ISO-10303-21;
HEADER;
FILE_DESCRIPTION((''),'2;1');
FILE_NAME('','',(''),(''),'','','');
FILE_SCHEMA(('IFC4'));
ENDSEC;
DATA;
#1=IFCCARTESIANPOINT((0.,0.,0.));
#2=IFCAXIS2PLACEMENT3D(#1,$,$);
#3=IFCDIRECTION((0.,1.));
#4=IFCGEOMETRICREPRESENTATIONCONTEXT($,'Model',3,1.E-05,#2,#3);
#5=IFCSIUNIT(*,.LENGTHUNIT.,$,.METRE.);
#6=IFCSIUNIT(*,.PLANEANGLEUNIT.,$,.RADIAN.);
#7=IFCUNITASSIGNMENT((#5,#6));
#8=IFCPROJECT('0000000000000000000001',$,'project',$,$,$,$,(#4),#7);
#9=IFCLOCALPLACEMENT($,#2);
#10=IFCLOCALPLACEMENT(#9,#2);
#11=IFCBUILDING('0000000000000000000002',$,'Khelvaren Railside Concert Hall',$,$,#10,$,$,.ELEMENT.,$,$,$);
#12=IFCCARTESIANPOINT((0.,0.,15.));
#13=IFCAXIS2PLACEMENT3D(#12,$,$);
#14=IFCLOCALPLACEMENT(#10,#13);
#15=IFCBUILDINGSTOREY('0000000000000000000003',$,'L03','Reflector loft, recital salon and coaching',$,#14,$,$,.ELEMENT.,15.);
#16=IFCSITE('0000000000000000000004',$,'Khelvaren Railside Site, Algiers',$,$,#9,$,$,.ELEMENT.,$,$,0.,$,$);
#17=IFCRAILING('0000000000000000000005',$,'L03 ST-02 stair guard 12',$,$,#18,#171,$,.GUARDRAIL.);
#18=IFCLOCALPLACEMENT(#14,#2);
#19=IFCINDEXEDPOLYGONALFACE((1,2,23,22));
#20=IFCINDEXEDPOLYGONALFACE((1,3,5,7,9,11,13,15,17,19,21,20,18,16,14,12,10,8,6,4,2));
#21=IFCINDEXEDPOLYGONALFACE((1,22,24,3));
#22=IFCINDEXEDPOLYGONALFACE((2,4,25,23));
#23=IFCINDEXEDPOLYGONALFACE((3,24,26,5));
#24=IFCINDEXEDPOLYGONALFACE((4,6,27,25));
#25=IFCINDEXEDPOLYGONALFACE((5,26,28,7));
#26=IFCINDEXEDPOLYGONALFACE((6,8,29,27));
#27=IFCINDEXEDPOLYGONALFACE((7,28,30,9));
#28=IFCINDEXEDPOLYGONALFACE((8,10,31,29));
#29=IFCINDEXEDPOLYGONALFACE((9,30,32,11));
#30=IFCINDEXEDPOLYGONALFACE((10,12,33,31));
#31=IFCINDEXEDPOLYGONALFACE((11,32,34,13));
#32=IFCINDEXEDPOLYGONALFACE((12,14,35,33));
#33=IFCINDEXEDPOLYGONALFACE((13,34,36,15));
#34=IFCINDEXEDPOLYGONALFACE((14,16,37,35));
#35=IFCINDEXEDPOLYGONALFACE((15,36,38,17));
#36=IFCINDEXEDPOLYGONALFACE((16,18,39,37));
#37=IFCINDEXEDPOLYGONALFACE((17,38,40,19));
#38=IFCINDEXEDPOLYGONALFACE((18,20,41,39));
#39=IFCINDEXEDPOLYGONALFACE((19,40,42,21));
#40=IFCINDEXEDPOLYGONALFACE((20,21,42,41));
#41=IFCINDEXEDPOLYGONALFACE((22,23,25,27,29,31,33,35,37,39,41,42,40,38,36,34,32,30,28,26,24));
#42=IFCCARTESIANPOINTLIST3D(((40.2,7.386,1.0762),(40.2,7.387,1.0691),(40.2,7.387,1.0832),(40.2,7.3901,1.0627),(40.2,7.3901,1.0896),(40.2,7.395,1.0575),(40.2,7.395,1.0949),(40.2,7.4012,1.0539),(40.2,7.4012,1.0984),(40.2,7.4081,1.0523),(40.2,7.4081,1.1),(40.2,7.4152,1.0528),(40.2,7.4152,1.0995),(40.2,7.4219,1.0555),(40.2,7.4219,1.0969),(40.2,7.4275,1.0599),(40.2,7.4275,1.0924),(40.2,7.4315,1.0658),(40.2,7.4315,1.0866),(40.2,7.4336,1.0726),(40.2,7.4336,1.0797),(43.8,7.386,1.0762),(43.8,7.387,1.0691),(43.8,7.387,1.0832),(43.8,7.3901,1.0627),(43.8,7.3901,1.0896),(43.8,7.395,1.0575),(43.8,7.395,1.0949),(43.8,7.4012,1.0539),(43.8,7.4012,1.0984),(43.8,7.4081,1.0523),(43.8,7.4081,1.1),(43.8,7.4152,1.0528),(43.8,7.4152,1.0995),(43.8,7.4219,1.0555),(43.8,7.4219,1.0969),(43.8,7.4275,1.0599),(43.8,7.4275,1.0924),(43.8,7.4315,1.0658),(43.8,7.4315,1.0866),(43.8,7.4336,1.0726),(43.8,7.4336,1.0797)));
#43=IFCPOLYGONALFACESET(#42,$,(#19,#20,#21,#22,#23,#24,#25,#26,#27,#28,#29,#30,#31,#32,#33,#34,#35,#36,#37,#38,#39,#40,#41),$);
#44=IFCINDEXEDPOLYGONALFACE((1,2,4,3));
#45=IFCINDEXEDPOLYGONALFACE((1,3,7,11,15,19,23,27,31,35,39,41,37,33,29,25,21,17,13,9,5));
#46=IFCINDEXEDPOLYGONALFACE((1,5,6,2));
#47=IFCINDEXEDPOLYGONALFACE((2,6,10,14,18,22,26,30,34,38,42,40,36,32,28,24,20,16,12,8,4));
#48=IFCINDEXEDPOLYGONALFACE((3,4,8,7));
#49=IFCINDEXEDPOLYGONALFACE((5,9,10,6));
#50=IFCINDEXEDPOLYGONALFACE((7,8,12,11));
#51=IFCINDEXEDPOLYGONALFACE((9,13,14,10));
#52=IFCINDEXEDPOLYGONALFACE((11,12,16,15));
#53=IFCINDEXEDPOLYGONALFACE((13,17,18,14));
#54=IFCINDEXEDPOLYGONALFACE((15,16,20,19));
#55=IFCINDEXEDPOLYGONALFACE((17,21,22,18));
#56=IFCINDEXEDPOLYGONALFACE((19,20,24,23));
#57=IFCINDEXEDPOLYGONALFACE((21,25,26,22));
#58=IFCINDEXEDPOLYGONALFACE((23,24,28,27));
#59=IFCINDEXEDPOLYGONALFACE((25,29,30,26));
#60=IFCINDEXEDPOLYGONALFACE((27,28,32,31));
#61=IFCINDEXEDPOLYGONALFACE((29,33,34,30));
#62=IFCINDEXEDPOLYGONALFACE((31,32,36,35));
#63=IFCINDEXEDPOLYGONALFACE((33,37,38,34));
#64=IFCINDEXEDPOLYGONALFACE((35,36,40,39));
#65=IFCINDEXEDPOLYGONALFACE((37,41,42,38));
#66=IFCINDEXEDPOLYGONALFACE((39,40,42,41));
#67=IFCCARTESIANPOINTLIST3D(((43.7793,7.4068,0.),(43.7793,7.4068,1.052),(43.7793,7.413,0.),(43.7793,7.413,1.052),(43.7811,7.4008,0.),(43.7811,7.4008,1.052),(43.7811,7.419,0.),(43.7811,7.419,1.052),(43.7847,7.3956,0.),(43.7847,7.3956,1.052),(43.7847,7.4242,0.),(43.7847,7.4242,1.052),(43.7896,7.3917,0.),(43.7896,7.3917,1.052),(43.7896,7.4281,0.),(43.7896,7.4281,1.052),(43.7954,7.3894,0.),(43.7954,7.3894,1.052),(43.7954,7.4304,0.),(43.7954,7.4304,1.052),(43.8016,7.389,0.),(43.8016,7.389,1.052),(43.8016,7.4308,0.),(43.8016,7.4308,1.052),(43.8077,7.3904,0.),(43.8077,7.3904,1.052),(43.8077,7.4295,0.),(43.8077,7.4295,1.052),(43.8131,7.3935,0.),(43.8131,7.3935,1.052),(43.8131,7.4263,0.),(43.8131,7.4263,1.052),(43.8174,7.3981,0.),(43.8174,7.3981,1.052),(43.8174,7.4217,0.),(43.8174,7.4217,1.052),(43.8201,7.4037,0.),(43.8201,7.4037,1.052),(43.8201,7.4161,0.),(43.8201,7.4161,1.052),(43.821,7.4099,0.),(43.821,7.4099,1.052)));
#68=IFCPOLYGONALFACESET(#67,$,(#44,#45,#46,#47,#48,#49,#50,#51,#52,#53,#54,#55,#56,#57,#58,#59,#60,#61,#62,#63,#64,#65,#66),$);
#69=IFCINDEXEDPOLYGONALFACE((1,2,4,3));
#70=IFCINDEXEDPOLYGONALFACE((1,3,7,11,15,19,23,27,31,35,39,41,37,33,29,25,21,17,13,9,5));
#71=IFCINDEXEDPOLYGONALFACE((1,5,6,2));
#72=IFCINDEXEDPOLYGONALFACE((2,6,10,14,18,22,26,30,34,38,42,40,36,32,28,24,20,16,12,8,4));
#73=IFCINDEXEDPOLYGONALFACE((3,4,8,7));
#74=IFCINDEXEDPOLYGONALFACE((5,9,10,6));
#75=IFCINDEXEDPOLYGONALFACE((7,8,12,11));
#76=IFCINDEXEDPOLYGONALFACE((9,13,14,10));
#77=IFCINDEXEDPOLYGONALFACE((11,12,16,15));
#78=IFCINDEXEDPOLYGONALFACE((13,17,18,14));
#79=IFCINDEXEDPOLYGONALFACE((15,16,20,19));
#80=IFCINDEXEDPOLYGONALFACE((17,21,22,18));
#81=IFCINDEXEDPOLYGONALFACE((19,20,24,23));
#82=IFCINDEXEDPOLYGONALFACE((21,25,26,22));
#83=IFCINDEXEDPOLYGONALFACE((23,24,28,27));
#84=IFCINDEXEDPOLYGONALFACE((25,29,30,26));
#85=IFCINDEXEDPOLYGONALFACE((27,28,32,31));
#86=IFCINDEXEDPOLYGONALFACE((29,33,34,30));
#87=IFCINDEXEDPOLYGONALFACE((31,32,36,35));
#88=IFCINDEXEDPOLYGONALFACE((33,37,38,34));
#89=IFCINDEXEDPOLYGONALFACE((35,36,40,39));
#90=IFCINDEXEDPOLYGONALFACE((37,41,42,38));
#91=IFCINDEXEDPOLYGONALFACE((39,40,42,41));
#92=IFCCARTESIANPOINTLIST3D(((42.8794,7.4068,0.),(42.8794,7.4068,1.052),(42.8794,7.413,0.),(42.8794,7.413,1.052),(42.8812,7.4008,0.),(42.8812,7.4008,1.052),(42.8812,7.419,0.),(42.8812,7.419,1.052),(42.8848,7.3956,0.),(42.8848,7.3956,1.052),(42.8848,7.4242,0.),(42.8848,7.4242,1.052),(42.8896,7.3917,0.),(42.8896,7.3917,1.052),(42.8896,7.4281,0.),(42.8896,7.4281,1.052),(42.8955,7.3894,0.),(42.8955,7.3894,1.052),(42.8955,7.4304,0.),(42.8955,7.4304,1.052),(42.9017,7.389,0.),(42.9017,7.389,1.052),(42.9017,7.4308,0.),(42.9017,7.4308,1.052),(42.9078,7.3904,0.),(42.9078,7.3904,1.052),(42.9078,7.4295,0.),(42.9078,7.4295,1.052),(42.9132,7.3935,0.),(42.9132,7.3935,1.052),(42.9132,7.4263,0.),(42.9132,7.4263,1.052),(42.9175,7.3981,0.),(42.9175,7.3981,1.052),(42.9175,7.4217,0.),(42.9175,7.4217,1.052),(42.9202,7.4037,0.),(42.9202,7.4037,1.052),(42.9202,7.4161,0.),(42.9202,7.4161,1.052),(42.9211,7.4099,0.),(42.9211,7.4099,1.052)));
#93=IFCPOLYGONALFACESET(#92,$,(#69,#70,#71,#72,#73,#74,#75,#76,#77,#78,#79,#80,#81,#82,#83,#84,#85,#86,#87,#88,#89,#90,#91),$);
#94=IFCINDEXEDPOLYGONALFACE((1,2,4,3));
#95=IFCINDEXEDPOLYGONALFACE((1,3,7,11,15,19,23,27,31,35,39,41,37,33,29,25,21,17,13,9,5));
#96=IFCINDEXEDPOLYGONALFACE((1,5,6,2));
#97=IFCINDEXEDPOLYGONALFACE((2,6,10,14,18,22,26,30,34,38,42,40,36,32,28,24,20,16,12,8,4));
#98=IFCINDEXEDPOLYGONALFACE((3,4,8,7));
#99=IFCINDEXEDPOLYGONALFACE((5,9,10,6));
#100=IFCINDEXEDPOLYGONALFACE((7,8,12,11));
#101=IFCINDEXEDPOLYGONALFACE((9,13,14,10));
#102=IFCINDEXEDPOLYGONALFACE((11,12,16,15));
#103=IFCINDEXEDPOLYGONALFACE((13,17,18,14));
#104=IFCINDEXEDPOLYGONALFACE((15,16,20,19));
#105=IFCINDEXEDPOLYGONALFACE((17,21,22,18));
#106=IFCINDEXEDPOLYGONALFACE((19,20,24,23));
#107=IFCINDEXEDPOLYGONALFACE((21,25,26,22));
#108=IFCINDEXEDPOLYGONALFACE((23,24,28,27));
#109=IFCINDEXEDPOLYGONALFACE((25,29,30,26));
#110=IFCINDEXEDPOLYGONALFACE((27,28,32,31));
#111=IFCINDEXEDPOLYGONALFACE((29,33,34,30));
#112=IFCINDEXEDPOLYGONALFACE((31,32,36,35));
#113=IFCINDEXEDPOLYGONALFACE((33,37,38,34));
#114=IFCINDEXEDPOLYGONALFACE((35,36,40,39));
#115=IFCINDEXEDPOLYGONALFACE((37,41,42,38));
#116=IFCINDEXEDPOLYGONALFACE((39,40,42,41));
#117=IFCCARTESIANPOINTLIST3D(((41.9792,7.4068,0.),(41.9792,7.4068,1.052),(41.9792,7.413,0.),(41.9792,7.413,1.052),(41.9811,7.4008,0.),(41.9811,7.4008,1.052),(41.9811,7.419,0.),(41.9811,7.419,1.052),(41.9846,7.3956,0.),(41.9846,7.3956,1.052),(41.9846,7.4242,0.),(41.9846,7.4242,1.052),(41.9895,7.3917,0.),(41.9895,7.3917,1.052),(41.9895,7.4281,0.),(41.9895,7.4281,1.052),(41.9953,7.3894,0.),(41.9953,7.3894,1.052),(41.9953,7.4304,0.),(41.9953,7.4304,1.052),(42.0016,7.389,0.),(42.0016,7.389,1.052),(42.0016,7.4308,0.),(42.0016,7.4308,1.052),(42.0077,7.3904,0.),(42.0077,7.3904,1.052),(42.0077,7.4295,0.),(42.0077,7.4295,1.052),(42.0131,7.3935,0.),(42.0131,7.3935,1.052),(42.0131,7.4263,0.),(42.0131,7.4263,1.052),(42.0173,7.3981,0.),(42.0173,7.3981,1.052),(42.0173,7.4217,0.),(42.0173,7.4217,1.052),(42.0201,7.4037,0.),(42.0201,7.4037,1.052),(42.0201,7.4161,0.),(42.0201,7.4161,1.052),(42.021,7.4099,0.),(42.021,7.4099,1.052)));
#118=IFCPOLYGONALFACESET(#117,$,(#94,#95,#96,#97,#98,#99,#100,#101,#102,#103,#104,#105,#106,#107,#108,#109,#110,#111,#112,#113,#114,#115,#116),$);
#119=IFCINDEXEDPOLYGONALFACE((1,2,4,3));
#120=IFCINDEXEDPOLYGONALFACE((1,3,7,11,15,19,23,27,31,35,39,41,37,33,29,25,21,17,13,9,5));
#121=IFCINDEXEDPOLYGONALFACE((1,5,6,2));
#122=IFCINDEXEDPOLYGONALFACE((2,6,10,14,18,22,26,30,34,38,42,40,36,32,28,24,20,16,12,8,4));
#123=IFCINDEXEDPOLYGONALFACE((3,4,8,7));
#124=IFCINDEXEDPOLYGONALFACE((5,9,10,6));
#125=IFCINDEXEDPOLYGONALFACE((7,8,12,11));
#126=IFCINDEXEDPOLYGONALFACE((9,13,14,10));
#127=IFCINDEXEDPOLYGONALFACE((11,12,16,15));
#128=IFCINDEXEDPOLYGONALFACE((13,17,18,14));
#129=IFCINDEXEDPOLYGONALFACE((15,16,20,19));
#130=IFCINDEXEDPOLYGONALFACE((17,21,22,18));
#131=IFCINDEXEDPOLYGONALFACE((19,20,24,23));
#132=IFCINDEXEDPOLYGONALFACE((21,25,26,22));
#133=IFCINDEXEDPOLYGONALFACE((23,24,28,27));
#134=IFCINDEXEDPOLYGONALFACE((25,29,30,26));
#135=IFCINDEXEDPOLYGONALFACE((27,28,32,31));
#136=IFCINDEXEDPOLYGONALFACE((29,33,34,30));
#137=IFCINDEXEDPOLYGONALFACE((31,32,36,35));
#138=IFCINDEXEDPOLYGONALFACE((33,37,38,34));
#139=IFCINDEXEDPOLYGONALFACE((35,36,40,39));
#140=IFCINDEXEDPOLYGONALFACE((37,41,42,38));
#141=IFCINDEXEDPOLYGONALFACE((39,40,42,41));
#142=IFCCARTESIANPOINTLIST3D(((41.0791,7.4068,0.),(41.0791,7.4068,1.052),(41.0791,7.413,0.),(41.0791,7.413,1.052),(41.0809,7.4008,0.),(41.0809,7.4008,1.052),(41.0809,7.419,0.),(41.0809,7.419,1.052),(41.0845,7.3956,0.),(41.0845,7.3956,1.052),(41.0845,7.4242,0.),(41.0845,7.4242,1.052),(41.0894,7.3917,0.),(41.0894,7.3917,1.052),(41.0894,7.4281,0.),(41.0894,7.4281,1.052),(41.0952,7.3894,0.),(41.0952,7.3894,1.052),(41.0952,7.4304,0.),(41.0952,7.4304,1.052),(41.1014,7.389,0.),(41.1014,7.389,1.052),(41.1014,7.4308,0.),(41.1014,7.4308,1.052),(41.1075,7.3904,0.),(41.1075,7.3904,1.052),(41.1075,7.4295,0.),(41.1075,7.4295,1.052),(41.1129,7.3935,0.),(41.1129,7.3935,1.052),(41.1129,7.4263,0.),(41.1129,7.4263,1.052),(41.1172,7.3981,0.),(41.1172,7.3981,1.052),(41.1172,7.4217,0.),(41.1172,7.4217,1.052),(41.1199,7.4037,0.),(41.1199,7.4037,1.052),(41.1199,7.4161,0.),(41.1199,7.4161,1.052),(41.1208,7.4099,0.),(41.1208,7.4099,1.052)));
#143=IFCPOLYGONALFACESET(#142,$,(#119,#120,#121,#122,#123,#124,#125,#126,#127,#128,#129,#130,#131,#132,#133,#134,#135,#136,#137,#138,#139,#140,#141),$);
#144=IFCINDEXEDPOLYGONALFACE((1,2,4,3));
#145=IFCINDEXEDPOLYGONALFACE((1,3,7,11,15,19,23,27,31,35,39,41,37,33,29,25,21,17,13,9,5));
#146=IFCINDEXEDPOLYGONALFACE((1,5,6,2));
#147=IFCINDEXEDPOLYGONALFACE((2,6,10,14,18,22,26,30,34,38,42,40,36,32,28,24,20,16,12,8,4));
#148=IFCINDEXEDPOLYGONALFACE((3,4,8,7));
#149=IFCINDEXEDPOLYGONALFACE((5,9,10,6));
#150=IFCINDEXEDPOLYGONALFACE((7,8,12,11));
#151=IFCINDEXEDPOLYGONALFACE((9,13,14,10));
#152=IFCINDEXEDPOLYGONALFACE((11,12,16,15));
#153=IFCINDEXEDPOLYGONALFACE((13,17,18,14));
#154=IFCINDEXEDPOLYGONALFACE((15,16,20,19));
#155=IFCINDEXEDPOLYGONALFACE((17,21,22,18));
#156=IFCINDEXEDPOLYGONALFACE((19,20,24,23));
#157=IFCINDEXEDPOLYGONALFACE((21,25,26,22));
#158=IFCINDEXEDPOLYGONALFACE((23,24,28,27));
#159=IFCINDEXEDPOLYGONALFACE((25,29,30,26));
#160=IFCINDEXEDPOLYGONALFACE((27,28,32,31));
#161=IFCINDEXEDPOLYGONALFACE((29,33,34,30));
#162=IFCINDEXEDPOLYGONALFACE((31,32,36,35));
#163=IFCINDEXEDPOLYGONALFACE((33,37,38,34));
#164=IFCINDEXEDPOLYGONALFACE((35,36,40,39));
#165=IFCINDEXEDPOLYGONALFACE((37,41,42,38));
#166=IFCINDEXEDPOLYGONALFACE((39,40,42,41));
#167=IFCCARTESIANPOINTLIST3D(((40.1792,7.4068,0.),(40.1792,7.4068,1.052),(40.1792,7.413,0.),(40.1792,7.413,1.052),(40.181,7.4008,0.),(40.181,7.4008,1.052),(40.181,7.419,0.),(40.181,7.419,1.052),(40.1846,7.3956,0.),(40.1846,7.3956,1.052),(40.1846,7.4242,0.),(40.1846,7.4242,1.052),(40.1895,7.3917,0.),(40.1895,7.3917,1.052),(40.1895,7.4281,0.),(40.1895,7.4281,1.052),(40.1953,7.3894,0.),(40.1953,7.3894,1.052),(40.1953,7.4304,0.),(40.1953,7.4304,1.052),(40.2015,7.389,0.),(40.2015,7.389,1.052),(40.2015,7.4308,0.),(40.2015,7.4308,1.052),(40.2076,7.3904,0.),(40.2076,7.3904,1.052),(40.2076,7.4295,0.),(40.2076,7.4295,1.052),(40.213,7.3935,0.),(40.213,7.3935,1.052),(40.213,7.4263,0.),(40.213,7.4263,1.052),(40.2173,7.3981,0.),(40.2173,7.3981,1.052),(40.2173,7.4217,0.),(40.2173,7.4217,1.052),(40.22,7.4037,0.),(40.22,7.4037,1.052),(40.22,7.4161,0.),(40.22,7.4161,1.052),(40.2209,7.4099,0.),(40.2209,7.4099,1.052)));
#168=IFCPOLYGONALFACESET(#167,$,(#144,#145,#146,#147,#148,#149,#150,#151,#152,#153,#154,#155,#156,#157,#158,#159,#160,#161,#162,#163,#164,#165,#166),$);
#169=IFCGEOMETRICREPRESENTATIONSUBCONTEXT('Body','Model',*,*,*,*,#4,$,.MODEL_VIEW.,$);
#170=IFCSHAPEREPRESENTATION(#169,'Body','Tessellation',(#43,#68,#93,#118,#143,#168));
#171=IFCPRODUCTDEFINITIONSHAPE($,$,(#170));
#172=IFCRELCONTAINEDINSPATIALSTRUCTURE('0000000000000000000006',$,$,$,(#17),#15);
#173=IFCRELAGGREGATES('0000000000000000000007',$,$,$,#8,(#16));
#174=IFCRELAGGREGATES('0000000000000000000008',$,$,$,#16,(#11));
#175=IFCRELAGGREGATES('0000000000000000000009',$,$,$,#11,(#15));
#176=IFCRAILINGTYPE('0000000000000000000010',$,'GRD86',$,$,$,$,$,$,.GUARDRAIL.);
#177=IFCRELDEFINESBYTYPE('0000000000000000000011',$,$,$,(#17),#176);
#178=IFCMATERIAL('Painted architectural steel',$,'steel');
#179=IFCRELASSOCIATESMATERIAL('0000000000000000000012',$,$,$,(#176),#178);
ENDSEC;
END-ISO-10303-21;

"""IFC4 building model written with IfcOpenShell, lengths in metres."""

from ifc_helpers import new_model, si_unit, direction, frame, origin, origin_2d, place, context, subcontext, project, spatial, circle, extrude, material, type_object, element, save


model = new_model("IFC4")

# Units and contexts
model_context = context("Model", 3, precision=1e-05, world=origin(), true_north=direction((0.0, 1.0)))
body_context = subcontext(model_context, "Body", "Model", "MODEL_VIEW")
ifc_project = project(units=[si_unit("LENGTHUNIT", "METRE"), si_unit("PLANEANGLEUNIT", "RADIAN")], contexts=[model_context])

# Site, building, storey
site_placement = place(None, origin())
site = spatial("IfcSite", under=ifc_project, at=site_placement, Name="Khelvaren Railside Site, Algiers", CompositionType="ELEMENT", RefElevation=0.0)
building_placement = place(site_placement, origin())
building = spatial("IfcBuilding", under=site, at=building_placement, Name="Khelvaren Railside Concert Hall", CompositionType="ELEMENT")
storey_placement = place(building_placement, frame((0.0, 0.0, 15.0)))
storey = spatial("IfcBuildingStorey", under=building, at=storey_placement, Name="L03", Description="Reflector loft, recital salon and coaching", CompositionType="ELEMENT", Elevation=15.0)

# Railing
ifc_material_1 = material(Name="Painted architectural steel", Category="steel")
railing_type = type_object("IfcRailingType", Name="GRD86", PredefinedType="GUARDRAIL", material=ifc_material_1)
railing_1_placement = place(storey_placement, frame((43.8, 7.4099, 0.0)))
element("IfcRailing", 1, at=railing_1_placement, inside=storey, type_object=railing_type, Name="L03 ST-02 stair guard 12", PredefinedType="GUARDRAIL", context=body_context, shape_type="SweptSolid", body=[
    extrude(circle(Radius=0.0239, at=origin_2d()), frame((0.0, 0.0, 1.0762), z_axis=(-1.0, 0.0, 0.0), x_axis=(0.0, -1.0, 0.0)), (0.0, 0.0, 1.0), 3.6001),
    extrude(circle(Radius=0.021, at=origin_2d()), origin(), (0.0, 0.0, 1.0), 1.052),
    extrude(circle(Radius=0.021, at=origin_2d()), frame((-0.8999, 0.0, 0.0)), (0.0, 0.0, 1.0), 1.052),
    extrude(circle(Radius=0.021, at=origin_2d()), frame((-1.8, 0.0, 0.0)), (0.0, 0.0, 1.0), 1.052),
    extrude(circle(Radius=0.021, at=origin_2d()), frame((-2.7002, 0.0, 0.0)), (0.0, 0.0, 1.0), 1.052),
    extrude(circle(Radius=0.021, at=origin_2d()), frame((-3.6001, 0.0, 0.0)), (0.0, 0.0, 1.0), 1.052),
])

save(model, "model.ifc")
